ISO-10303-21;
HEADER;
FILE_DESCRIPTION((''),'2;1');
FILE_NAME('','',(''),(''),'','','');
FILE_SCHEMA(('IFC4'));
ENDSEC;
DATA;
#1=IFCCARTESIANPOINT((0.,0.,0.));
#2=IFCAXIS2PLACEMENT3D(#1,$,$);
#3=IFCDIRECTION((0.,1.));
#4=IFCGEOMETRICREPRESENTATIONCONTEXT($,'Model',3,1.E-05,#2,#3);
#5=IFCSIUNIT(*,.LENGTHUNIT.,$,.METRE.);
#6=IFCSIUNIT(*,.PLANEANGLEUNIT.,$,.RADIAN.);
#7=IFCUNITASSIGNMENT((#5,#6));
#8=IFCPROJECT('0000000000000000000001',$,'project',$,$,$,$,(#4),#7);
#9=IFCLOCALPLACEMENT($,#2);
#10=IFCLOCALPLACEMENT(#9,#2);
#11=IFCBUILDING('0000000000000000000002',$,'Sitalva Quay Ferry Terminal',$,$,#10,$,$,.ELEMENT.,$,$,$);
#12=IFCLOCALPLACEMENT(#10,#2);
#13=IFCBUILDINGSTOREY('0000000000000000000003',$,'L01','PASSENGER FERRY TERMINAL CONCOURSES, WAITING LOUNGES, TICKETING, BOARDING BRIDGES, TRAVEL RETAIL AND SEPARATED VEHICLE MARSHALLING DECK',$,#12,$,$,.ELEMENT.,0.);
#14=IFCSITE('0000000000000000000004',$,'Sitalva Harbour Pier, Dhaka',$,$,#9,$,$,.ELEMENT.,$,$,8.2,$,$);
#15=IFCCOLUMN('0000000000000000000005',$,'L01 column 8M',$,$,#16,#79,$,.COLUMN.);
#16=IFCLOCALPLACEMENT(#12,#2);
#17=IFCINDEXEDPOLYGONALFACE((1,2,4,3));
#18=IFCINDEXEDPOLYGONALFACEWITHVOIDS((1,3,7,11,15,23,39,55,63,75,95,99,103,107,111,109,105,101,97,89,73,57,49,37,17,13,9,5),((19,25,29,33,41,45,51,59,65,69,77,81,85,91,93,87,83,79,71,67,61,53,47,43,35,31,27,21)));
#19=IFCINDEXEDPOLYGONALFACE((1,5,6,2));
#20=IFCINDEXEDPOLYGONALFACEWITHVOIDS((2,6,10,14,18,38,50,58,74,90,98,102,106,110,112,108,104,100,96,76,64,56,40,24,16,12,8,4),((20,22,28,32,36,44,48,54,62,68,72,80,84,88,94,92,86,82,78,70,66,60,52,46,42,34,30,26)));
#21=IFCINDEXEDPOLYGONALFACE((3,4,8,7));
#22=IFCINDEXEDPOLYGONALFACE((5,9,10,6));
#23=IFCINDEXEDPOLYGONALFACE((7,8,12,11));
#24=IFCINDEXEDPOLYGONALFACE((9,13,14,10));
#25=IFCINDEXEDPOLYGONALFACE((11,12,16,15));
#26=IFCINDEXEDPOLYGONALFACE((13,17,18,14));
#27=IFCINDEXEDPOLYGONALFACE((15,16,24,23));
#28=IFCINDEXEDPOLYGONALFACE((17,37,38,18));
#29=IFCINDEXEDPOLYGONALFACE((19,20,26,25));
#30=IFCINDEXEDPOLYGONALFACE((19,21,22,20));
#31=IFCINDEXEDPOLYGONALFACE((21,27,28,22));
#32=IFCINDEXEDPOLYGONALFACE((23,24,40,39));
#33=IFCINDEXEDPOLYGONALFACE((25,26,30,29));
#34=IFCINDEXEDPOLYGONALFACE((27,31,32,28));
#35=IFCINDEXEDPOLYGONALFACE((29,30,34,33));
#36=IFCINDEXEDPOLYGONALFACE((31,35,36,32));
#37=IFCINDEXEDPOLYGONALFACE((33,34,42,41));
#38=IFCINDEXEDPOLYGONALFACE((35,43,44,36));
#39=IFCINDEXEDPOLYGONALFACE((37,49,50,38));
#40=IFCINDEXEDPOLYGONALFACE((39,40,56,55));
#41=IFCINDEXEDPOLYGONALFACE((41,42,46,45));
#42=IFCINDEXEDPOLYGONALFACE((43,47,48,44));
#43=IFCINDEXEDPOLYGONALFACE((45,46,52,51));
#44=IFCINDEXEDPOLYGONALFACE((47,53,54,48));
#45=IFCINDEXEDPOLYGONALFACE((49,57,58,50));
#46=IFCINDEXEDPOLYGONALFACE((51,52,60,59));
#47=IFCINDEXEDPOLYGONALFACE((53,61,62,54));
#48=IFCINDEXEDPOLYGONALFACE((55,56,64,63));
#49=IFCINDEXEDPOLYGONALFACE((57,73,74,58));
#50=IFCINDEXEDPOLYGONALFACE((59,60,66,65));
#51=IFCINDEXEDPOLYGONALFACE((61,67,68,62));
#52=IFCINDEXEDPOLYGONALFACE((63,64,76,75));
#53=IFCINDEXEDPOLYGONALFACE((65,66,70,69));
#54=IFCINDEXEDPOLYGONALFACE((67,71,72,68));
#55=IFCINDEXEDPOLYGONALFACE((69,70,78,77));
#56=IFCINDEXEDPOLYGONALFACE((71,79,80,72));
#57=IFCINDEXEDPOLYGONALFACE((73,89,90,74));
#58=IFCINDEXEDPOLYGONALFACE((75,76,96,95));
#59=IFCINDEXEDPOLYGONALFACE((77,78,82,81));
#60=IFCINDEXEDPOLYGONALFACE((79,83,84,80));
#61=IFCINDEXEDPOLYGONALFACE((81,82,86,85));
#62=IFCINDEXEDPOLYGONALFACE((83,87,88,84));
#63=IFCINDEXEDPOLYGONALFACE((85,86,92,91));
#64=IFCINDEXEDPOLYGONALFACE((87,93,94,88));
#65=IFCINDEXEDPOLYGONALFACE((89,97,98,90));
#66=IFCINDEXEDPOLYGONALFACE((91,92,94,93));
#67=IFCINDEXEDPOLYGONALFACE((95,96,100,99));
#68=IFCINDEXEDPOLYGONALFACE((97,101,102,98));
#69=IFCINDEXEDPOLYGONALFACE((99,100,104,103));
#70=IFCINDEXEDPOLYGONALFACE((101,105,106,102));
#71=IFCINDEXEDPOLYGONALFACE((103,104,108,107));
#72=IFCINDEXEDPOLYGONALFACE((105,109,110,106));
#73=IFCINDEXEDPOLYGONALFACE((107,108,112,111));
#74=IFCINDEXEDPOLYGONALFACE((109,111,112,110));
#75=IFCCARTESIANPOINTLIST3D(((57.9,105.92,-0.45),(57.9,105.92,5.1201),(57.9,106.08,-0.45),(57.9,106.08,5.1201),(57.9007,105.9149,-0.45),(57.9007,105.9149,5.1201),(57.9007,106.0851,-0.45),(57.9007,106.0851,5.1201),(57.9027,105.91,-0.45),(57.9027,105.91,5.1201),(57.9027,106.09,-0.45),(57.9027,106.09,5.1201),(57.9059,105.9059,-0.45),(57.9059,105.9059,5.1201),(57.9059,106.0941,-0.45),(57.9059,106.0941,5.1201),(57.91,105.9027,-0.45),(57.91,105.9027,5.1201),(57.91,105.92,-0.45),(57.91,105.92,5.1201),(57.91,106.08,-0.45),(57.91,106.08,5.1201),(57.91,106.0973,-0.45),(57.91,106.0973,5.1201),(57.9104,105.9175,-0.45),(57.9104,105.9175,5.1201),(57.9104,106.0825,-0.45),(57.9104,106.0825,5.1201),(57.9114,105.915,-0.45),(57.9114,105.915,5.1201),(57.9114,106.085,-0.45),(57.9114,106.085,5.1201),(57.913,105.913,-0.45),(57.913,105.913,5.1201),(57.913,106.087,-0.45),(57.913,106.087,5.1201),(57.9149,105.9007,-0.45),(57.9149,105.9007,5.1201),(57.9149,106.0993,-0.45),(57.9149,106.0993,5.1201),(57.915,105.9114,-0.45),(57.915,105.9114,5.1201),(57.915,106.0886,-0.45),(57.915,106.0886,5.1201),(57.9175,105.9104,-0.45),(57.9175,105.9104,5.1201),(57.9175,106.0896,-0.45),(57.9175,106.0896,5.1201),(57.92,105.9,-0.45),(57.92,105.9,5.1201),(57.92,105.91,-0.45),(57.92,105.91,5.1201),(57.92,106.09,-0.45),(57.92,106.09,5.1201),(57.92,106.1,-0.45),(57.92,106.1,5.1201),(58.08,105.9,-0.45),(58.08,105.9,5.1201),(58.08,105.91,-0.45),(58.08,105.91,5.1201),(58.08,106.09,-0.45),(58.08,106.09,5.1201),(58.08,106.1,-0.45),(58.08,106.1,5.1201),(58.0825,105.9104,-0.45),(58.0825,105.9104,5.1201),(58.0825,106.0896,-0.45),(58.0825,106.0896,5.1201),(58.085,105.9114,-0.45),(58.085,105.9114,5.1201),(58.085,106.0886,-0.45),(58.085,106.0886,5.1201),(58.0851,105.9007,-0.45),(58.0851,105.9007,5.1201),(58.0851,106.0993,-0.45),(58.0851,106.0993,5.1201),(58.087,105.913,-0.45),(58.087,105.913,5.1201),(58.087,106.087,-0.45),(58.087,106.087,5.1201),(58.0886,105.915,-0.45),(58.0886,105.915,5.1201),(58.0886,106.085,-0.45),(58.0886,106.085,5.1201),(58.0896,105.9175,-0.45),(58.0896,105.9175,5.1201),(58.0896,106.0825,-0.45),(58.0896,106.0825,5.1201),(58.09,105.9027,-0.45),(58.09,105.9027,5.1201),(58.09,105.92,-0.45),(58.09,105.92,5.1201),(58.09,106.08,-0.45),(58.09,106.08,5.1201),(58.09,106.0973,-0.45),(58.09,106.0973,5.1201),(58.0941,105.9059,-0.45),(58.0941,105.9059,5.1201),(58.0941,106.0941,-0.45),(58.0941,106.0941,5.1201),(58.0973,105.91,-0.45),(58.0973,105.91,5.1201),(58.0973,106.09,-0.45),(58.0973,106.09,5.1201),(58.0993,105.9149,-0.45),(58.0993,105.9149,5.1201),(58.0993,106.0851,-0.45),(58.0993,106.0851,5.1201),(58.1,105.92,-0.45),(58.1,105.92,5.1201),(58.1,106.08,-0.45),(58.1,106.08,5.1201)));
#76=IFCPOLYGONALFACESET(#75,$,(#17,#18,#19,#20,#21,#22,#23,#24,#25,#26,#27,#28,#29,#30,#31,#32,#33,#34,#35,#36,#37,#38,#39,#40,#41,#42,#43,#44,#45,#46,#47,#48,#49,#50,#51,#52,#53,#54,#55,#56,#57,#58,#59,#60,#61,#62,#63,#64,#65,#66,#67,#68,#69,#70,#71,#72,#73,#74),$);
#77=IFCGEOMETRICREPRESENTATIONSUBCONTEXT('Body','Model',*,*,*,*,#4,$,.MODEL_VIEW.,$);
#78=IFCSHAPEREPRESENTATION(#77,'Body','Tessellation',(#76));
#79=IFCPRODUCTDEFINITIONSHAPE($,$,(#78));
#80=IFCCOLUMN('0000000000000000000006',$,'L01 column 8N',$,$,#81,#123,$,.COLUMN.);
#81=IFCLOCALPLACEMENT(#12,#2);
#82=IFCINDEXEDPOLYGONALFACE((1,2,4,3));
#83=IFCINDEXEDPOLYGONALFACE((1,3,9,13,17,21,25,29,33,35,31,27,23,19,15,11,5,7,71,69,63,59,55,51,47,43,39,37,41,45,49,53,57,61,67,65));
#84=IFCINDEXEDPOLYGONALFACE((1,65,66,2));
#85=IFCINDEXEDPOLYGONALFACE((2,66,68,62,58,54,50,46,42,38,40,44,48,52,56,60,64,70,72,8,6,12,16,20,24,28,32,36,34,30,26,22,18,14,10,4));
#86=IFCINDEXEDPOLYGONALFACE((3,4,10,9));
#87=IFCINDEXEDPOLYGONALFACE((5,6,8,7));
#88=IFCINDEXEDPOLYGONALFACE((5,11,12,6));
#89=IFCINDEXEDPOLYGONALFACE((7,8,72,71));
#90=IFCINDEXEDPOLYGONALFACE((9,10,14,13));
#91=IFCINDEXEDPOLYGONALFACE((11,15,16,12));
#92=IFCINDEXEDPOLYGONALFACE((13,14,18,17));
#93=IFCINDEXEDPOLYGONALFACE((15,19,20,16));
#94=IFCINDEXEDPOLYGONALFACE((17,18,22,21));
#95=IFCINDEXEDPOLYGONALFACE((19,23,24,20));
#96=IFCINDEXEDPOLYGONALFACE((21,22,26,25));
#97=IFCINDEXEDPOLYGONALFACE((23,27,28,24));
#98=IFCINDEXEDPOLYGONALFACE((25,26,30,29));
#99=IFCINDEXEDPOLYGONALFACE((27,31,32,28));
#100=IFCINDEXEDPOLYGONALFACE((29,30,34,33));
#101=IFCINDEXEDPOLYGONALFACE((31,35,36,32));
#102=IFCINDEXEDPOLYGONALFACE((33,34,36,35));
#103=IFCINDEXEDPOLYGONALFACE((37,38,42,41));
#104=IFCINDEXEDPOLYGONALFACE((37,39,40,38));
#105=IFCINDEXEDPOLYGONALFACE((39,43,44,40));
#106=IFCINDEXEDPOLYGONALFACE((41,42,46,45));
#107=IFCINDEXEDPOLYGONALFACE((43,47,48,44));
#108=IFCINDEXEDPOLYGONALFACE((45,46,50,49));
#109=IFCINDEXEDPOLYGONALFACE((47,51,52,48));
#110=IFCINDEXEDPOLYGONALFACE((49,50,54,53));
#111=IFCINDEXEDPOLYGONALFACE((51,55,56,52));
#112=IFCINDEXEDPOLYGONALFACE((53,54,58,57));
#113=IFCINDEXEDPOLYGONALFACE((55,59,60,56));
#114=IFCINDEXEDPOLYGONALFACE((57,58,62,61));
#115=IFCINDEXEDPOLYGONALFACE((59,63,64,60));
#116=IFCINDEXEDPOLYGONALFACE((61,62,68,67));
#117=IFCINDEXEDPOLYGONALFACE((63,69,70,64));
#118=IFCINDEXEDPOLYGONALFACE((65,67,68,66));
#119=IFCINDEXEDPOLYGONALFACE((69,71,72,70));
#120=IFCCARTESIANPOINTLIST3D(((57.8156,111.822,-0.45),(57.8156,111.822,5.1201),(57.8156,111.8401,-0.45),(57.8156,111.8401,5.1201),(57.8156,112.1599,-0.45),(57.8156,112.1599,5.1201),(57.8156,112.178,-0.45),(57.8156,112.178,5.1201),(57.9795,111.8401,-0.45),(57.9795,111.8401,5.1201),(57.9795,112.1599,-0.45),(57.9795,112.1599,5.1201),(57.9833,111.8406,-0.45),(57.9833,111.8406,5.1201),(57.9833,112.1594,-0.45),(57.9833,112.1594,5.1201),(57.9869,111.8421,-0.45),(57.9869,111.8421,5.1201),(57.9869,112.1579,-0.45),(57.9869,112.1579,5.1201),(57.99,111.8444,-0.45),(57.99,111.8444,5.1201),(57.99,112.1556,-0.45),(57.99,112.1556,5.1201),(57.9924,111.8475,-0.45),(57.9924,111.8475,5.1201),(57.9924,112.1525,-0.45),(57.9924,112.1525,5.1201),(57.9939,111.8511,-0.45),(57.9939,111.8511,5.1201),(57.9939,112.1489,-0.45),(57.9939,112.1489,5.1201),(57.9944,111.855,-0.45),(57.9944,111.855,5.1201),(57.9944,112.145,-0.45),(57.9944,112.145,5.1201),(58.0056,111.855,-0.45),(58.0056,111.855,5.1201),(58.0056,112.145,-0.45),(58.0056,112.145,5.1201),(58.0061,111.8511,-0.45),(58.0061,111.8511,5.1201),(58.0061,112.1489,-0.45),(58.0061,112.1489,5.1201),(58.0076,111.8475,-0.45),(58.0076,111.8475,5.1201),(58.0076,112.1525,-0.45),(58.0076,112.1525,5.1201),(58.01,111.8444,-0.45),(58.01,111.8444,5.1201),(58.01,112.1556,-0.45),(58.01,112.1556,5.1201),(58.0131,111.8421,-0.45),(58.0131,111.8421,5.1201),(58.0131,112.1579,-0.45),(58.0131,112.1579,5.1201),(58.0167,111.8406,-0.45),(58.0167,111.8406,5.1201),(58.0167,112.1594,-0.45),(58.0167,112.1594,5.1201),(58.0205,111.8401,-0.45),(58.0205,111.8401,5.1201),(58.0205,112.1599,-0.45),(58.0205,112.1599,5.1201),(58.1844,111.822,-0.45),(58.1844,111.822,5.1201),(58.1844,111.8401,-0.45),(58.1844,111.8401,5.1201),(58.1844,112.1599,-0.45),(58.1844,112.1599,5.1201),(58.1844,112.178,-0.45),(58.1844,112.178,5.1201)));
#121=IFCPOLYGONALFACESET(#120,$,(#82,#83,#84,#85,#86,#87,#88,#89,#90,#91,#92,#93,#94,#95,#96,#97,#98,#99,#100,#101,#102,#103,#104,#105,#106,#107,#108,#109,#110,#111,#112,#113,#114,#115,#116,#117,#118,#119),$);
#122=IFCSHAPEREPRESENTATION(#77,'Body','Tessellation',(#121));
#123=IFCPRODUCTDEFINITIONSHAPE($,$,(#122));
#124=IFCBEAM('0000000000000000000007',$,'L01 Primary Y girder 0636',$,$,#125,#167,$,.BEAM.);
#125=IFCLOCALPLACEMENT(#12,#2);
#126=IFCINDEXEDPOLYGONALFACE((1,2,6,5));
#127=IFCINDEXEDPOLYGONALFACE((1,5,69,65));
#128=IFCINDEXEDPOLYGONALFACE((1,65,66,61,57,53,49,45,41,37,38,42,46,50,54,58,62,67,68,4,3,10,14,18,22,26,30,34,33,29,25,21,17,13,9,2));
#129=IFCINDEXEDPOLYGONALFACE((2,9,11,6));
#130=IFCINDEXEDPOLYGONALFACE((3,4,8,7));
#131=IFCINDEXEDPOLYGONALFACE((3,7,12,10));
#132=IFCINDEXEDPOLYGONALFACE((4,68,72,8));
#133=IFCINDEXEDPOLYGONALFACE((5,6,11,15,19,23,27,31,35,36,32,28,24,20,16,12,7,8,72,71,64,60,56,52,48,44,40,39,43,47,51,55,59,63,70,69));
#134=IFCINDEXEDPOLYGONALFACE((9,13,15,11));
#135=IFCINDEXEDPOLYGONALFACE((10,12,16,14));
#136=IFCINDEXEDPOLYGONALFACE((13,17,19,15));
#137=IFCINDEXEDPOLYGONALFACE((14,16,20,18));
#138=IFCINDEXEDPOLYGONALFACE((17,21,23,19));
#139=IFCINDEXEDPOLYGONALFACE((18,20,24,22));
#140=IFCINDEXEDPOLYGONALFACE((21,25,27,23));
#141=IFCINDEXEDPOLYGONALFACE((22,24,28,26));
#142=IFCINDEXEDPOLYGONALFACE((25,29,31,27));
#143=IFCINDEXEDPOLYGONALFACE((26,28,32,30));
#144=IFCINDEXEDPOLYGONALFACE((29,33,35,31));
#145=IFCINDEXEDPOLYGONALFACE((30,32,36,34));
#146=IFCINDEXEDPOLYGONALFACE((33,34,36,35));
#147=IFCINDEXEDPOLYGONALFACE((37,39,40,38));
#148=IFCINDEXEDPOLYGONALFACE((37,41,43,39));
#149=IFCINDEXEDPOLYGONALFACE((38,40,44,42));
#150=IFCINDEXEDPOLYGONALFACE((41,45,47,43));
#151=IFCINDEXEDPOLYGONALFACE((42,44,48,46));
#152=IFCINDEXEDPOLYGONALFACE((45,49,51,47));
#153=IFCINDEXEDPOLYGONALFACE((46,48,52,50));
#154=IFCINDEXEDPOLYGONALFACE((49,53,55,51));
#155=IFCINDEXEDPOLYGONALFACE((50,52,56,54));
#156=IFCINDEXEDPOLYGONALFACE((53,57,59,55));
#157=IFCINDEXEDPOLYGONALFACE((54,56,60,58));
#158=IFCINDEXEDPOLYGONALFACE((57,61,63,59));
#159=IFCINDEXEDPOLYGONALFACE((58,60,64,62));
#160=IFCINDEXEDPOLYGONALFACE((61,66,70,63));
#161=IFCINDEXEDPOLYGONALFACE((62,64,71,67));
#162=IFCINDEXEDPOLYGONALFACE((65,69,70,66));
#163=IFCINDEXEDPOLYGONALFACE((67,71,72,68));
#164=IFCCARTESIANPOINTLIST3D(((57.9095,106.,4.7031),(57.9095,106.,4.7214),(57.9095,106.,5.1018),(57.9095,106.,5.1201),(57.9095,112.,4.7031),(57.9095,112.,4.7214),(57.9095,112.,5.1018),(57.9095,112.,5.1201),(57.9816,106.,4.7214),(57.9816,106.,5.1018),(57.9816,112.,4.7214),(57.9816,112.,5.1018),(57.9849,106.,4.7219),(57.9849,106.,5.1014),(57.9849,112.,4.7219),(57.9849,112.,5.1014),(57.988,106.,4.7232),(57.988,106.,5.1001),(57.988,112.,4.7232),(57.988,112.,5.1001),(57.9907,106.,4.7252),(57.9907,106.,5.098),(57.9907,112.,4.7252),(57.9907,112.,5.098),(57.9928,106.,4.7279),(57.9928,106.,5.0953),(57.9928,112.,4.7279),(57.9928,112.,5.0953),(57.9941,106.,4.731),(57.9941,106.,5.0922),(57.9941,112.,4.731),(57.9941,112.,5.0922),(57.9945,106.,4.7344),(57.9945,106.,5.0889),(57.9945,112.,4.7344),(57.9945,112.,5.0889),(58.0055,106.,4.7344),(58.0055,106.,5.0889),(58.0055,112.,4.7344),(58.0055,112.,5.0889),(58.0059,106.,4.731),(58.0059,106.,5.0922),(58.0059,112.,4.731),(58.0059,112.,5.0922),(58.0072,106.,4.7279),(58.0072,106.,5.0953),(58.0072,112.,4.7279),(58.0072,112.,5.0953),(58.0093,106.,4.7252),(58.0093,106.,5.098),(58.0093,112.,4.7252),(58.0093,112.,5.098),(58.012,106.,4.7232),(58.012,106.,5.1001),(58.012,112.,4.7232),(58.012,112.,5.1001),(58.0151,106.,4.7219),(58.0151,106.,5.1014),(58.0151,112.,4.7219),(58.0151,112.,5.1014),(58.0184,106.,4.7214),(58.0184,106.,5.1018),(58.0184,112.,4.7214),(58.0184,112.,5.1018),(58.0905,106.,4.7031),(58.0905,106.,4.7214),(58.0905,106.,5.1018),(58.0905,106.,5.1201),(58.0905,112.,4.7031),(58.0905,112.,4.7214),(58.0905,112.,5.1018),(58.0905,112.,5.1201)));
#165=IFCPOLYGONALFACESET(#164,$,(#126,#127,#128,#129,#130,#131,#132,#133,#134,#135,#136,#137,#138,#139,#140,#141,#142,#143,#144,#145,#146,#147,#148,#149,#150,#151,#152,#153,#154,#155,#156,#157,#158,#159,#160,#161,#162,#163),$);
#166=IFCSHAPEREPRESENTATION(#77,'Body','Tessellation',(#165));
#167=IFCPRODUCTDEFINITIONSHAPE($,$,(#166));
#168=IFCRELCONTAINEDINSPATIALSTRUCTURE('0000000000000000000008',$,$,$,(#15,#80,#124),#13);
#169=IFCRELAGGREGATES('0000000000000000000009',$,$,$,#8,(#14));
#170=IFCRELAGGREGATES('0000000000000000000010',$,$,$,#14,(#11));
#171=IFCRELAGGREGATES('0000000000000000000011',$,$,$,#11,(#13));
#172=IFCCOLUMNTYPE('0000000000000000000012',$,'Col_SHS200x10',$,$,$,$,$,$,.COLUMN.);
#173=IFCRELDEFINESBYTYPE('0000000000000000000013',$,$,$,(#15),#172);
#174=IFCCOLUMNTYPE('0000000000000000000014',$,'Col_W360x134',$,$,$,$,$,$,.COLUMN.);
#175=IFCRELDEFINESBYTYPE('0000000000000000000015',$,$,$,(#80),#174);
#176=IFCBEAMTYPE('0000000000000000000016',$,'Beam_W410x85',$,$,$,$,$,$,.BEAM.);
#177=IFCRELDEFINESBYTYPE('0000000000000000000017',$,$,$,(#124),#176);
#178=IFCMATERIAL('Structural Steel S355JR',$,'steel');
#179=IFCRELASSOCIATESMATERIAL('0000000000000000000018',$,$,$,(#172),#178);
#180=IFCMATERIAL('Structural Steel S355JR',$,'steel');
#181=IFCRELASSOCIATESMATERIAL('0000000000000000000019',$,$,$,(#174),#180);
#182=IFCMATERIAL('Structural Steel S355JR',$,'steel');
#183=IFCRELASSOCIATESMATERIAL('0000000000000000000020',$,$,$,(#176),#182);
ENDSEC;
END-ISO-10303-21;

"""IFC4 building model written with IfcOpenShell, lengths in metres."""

from ifc_helpers import new_model, si_unit, direction, frame, origin, origin_2d, place, context, subcontext, project, spatial, hollow_rectangle, i_section, extrude, material, material_profile, profile_set, type_object, element, save


model = new_model("IFC4")

# Units and contexts
model_context = context("Model", 3, precision=1e-05, world=origin(), true_north=direction((0.0, 1.0)))
body_context = subcontext(model_context, "Body", "Model", "MODEL_VIEW")
ifc_project = project(units=[si_unit("LENGTHUNIT", "METRE"), si_unit("PLANEANGLEUNIT", "RADIAN")], contexts=[model_context])

# Site, building, storey
site_placement = place(None, origin())
site = spatial("IfcSite", under=ifc_project, at=site_placement, Name="Sitalva Harbour Pier, Dhaka", CompositionType="ELEMENT", RefElevation=8.2)
building_placement = place(site_placement, origin())
building = spatial("IfcBuilding", under=site, at=building_placement, Name="Sitalva Quay Ferry Terminal", CompositionType="ELEMENT")
storey_placement = place(building_placement, origin())
storey = spatial("IfcBuildingStorey", under=building, at=storey_placement, Name="L01", Description="PASSENGER FERRY TERMINAL CONCOURSES, WAITING LOUNGES, TICKETING, BOARDING BRIDGES, TRAVEL RETAIL AND SEPARATED VEHICLE MARSHALLING DECK", CompositionType="ELEMENT", Elevation=0.0)

# Columns
ifc_material_1 = material(Name="Structural Steel S355JR", Category="steel")
ifc_material_profile_1 = material_profile(ifc_material_1, hollow_rectangle(XDim=0.2, YDim=0.2, WallThickness=0.01, InnerFilletRadius=0.01, OuterFilletRadius=0.02, at=origin_2d()), Name="SHS200x200x10")
ifc_profile_set_1 = profile_set([ifc_material_profile_1], Name="Structural Steel S355JR")
column_type_1 = type_object("IfcColumnType", Name="Col_SHS200x10", PredefinedType="COLUMN", material=ifc_profile_set_1)
column_1_placement = place(storey_placement, frame((58.0, 106.0, -0.45), z_axis=(0.0, 0.0, 1.0), x_axis=(1.0, 0.0, 0.0)))
element("IfcColumn", 1, at=column_1_placement, inside=storey, type_object=column_type_1, Name="L01 column 8M", PredefinedType="COLUMN", context=body_context, shape_type="SweptSolid", body=[
    extrude(hollow_rectangle(XDim=0.2, YDim=0.2, WallThickness=0.01, InnerFilletRadius=0.01, OuterFilletRadius=0.02, at=origin_2d()), origin(), (0.0, 0.0, 1.0), 5.5701),
])
ifc_material_2 = material(Name="Structural Steel S355JR", Category="steel")
ifc_material_profile_2 = material_profile(ifc_material_2, i_section(OverallWidth=0.3689, OverallDepth=0.356, WebThickness=0.0112, FlangeThickness=0.0181, FilletRadius=0.0149, at=origin_2d()), Name="W360x134")
ifc_profile_set_2 = profile_set([ifc_material_profile_2], Name="Structural Steel S355JR")
column_type_2 = type_object("IfcColumnType", Name="Col_W360x134", PredefinedType="COLUMN", material=ifc_profile_set_2)
column_2_placement = place(storey_placement, frame((58.0, 112.0, -0.45), z_axis=(0.0, 0.0, 1.0), x_axis=(1.0, 0.0, 0.0)))
element("IfcColumn", 2, at=column_2_placement, inside=storey, type_object=column_type_2, Name="L01 column 8N", PredefinedType="COLUMN", context=body_context, shape_type="SweptSolid", body=[
    extrude(i_section(OverallWidth=0.3689, OverallDepth=0.356, WebThickness=0.0112, FlangeThickness=0.0181, FilletRadius=0.0149, at=origin_2d()), origin(), (0.0, 0.0, 1.0), 5.5701),
])

# Beam
ifc_material_3 = material(Name="Structural Steel S355JR", Category="steel")
ifc_material_profile_3 = material_profile(ifc_material_3, i_section(OverallWidth=0.1809, OverallDepth=0.417, WebThickness=0.011, FlangeThickness=0.0183, FilletRadius=0.0129, at=origin_2d()), Name="W410x85")
ifc_profile_set_3 = profile_set([ifc_material_profile_3], Name="Structural Steel S355JR")
beam_type_1 = type_object("IfcBeamType", Name="Beam_W410x85", PredefinedType="BEAM", material=ifc_profile_set_3)
beam_placement = place(storey_placement, frame((58.0, 106.0, 4.9116), z_axis=(0.0, 1.0, 0.0), x_axis=(-1.0, 0.0, 0.0)))
element("IfcBeam", 3, at=beam_placement, inside=storey, type_object=beam_type_1, Name="L01 Primary Y girder 0636", PredefinedType="BEAM", context=body_context, shape_type="SweptSolid", body=[
    extrude(i_section(OverallWidth=0.1809, OverallDepth=0.417, WebThickness=0.011, FlangeThickness=0.0183, FilletRadius=0.0129, at=origin_2d()), origin(), (0.0, 0.0, 1.0), 6.0),
])

save(model, "model.ifc")
